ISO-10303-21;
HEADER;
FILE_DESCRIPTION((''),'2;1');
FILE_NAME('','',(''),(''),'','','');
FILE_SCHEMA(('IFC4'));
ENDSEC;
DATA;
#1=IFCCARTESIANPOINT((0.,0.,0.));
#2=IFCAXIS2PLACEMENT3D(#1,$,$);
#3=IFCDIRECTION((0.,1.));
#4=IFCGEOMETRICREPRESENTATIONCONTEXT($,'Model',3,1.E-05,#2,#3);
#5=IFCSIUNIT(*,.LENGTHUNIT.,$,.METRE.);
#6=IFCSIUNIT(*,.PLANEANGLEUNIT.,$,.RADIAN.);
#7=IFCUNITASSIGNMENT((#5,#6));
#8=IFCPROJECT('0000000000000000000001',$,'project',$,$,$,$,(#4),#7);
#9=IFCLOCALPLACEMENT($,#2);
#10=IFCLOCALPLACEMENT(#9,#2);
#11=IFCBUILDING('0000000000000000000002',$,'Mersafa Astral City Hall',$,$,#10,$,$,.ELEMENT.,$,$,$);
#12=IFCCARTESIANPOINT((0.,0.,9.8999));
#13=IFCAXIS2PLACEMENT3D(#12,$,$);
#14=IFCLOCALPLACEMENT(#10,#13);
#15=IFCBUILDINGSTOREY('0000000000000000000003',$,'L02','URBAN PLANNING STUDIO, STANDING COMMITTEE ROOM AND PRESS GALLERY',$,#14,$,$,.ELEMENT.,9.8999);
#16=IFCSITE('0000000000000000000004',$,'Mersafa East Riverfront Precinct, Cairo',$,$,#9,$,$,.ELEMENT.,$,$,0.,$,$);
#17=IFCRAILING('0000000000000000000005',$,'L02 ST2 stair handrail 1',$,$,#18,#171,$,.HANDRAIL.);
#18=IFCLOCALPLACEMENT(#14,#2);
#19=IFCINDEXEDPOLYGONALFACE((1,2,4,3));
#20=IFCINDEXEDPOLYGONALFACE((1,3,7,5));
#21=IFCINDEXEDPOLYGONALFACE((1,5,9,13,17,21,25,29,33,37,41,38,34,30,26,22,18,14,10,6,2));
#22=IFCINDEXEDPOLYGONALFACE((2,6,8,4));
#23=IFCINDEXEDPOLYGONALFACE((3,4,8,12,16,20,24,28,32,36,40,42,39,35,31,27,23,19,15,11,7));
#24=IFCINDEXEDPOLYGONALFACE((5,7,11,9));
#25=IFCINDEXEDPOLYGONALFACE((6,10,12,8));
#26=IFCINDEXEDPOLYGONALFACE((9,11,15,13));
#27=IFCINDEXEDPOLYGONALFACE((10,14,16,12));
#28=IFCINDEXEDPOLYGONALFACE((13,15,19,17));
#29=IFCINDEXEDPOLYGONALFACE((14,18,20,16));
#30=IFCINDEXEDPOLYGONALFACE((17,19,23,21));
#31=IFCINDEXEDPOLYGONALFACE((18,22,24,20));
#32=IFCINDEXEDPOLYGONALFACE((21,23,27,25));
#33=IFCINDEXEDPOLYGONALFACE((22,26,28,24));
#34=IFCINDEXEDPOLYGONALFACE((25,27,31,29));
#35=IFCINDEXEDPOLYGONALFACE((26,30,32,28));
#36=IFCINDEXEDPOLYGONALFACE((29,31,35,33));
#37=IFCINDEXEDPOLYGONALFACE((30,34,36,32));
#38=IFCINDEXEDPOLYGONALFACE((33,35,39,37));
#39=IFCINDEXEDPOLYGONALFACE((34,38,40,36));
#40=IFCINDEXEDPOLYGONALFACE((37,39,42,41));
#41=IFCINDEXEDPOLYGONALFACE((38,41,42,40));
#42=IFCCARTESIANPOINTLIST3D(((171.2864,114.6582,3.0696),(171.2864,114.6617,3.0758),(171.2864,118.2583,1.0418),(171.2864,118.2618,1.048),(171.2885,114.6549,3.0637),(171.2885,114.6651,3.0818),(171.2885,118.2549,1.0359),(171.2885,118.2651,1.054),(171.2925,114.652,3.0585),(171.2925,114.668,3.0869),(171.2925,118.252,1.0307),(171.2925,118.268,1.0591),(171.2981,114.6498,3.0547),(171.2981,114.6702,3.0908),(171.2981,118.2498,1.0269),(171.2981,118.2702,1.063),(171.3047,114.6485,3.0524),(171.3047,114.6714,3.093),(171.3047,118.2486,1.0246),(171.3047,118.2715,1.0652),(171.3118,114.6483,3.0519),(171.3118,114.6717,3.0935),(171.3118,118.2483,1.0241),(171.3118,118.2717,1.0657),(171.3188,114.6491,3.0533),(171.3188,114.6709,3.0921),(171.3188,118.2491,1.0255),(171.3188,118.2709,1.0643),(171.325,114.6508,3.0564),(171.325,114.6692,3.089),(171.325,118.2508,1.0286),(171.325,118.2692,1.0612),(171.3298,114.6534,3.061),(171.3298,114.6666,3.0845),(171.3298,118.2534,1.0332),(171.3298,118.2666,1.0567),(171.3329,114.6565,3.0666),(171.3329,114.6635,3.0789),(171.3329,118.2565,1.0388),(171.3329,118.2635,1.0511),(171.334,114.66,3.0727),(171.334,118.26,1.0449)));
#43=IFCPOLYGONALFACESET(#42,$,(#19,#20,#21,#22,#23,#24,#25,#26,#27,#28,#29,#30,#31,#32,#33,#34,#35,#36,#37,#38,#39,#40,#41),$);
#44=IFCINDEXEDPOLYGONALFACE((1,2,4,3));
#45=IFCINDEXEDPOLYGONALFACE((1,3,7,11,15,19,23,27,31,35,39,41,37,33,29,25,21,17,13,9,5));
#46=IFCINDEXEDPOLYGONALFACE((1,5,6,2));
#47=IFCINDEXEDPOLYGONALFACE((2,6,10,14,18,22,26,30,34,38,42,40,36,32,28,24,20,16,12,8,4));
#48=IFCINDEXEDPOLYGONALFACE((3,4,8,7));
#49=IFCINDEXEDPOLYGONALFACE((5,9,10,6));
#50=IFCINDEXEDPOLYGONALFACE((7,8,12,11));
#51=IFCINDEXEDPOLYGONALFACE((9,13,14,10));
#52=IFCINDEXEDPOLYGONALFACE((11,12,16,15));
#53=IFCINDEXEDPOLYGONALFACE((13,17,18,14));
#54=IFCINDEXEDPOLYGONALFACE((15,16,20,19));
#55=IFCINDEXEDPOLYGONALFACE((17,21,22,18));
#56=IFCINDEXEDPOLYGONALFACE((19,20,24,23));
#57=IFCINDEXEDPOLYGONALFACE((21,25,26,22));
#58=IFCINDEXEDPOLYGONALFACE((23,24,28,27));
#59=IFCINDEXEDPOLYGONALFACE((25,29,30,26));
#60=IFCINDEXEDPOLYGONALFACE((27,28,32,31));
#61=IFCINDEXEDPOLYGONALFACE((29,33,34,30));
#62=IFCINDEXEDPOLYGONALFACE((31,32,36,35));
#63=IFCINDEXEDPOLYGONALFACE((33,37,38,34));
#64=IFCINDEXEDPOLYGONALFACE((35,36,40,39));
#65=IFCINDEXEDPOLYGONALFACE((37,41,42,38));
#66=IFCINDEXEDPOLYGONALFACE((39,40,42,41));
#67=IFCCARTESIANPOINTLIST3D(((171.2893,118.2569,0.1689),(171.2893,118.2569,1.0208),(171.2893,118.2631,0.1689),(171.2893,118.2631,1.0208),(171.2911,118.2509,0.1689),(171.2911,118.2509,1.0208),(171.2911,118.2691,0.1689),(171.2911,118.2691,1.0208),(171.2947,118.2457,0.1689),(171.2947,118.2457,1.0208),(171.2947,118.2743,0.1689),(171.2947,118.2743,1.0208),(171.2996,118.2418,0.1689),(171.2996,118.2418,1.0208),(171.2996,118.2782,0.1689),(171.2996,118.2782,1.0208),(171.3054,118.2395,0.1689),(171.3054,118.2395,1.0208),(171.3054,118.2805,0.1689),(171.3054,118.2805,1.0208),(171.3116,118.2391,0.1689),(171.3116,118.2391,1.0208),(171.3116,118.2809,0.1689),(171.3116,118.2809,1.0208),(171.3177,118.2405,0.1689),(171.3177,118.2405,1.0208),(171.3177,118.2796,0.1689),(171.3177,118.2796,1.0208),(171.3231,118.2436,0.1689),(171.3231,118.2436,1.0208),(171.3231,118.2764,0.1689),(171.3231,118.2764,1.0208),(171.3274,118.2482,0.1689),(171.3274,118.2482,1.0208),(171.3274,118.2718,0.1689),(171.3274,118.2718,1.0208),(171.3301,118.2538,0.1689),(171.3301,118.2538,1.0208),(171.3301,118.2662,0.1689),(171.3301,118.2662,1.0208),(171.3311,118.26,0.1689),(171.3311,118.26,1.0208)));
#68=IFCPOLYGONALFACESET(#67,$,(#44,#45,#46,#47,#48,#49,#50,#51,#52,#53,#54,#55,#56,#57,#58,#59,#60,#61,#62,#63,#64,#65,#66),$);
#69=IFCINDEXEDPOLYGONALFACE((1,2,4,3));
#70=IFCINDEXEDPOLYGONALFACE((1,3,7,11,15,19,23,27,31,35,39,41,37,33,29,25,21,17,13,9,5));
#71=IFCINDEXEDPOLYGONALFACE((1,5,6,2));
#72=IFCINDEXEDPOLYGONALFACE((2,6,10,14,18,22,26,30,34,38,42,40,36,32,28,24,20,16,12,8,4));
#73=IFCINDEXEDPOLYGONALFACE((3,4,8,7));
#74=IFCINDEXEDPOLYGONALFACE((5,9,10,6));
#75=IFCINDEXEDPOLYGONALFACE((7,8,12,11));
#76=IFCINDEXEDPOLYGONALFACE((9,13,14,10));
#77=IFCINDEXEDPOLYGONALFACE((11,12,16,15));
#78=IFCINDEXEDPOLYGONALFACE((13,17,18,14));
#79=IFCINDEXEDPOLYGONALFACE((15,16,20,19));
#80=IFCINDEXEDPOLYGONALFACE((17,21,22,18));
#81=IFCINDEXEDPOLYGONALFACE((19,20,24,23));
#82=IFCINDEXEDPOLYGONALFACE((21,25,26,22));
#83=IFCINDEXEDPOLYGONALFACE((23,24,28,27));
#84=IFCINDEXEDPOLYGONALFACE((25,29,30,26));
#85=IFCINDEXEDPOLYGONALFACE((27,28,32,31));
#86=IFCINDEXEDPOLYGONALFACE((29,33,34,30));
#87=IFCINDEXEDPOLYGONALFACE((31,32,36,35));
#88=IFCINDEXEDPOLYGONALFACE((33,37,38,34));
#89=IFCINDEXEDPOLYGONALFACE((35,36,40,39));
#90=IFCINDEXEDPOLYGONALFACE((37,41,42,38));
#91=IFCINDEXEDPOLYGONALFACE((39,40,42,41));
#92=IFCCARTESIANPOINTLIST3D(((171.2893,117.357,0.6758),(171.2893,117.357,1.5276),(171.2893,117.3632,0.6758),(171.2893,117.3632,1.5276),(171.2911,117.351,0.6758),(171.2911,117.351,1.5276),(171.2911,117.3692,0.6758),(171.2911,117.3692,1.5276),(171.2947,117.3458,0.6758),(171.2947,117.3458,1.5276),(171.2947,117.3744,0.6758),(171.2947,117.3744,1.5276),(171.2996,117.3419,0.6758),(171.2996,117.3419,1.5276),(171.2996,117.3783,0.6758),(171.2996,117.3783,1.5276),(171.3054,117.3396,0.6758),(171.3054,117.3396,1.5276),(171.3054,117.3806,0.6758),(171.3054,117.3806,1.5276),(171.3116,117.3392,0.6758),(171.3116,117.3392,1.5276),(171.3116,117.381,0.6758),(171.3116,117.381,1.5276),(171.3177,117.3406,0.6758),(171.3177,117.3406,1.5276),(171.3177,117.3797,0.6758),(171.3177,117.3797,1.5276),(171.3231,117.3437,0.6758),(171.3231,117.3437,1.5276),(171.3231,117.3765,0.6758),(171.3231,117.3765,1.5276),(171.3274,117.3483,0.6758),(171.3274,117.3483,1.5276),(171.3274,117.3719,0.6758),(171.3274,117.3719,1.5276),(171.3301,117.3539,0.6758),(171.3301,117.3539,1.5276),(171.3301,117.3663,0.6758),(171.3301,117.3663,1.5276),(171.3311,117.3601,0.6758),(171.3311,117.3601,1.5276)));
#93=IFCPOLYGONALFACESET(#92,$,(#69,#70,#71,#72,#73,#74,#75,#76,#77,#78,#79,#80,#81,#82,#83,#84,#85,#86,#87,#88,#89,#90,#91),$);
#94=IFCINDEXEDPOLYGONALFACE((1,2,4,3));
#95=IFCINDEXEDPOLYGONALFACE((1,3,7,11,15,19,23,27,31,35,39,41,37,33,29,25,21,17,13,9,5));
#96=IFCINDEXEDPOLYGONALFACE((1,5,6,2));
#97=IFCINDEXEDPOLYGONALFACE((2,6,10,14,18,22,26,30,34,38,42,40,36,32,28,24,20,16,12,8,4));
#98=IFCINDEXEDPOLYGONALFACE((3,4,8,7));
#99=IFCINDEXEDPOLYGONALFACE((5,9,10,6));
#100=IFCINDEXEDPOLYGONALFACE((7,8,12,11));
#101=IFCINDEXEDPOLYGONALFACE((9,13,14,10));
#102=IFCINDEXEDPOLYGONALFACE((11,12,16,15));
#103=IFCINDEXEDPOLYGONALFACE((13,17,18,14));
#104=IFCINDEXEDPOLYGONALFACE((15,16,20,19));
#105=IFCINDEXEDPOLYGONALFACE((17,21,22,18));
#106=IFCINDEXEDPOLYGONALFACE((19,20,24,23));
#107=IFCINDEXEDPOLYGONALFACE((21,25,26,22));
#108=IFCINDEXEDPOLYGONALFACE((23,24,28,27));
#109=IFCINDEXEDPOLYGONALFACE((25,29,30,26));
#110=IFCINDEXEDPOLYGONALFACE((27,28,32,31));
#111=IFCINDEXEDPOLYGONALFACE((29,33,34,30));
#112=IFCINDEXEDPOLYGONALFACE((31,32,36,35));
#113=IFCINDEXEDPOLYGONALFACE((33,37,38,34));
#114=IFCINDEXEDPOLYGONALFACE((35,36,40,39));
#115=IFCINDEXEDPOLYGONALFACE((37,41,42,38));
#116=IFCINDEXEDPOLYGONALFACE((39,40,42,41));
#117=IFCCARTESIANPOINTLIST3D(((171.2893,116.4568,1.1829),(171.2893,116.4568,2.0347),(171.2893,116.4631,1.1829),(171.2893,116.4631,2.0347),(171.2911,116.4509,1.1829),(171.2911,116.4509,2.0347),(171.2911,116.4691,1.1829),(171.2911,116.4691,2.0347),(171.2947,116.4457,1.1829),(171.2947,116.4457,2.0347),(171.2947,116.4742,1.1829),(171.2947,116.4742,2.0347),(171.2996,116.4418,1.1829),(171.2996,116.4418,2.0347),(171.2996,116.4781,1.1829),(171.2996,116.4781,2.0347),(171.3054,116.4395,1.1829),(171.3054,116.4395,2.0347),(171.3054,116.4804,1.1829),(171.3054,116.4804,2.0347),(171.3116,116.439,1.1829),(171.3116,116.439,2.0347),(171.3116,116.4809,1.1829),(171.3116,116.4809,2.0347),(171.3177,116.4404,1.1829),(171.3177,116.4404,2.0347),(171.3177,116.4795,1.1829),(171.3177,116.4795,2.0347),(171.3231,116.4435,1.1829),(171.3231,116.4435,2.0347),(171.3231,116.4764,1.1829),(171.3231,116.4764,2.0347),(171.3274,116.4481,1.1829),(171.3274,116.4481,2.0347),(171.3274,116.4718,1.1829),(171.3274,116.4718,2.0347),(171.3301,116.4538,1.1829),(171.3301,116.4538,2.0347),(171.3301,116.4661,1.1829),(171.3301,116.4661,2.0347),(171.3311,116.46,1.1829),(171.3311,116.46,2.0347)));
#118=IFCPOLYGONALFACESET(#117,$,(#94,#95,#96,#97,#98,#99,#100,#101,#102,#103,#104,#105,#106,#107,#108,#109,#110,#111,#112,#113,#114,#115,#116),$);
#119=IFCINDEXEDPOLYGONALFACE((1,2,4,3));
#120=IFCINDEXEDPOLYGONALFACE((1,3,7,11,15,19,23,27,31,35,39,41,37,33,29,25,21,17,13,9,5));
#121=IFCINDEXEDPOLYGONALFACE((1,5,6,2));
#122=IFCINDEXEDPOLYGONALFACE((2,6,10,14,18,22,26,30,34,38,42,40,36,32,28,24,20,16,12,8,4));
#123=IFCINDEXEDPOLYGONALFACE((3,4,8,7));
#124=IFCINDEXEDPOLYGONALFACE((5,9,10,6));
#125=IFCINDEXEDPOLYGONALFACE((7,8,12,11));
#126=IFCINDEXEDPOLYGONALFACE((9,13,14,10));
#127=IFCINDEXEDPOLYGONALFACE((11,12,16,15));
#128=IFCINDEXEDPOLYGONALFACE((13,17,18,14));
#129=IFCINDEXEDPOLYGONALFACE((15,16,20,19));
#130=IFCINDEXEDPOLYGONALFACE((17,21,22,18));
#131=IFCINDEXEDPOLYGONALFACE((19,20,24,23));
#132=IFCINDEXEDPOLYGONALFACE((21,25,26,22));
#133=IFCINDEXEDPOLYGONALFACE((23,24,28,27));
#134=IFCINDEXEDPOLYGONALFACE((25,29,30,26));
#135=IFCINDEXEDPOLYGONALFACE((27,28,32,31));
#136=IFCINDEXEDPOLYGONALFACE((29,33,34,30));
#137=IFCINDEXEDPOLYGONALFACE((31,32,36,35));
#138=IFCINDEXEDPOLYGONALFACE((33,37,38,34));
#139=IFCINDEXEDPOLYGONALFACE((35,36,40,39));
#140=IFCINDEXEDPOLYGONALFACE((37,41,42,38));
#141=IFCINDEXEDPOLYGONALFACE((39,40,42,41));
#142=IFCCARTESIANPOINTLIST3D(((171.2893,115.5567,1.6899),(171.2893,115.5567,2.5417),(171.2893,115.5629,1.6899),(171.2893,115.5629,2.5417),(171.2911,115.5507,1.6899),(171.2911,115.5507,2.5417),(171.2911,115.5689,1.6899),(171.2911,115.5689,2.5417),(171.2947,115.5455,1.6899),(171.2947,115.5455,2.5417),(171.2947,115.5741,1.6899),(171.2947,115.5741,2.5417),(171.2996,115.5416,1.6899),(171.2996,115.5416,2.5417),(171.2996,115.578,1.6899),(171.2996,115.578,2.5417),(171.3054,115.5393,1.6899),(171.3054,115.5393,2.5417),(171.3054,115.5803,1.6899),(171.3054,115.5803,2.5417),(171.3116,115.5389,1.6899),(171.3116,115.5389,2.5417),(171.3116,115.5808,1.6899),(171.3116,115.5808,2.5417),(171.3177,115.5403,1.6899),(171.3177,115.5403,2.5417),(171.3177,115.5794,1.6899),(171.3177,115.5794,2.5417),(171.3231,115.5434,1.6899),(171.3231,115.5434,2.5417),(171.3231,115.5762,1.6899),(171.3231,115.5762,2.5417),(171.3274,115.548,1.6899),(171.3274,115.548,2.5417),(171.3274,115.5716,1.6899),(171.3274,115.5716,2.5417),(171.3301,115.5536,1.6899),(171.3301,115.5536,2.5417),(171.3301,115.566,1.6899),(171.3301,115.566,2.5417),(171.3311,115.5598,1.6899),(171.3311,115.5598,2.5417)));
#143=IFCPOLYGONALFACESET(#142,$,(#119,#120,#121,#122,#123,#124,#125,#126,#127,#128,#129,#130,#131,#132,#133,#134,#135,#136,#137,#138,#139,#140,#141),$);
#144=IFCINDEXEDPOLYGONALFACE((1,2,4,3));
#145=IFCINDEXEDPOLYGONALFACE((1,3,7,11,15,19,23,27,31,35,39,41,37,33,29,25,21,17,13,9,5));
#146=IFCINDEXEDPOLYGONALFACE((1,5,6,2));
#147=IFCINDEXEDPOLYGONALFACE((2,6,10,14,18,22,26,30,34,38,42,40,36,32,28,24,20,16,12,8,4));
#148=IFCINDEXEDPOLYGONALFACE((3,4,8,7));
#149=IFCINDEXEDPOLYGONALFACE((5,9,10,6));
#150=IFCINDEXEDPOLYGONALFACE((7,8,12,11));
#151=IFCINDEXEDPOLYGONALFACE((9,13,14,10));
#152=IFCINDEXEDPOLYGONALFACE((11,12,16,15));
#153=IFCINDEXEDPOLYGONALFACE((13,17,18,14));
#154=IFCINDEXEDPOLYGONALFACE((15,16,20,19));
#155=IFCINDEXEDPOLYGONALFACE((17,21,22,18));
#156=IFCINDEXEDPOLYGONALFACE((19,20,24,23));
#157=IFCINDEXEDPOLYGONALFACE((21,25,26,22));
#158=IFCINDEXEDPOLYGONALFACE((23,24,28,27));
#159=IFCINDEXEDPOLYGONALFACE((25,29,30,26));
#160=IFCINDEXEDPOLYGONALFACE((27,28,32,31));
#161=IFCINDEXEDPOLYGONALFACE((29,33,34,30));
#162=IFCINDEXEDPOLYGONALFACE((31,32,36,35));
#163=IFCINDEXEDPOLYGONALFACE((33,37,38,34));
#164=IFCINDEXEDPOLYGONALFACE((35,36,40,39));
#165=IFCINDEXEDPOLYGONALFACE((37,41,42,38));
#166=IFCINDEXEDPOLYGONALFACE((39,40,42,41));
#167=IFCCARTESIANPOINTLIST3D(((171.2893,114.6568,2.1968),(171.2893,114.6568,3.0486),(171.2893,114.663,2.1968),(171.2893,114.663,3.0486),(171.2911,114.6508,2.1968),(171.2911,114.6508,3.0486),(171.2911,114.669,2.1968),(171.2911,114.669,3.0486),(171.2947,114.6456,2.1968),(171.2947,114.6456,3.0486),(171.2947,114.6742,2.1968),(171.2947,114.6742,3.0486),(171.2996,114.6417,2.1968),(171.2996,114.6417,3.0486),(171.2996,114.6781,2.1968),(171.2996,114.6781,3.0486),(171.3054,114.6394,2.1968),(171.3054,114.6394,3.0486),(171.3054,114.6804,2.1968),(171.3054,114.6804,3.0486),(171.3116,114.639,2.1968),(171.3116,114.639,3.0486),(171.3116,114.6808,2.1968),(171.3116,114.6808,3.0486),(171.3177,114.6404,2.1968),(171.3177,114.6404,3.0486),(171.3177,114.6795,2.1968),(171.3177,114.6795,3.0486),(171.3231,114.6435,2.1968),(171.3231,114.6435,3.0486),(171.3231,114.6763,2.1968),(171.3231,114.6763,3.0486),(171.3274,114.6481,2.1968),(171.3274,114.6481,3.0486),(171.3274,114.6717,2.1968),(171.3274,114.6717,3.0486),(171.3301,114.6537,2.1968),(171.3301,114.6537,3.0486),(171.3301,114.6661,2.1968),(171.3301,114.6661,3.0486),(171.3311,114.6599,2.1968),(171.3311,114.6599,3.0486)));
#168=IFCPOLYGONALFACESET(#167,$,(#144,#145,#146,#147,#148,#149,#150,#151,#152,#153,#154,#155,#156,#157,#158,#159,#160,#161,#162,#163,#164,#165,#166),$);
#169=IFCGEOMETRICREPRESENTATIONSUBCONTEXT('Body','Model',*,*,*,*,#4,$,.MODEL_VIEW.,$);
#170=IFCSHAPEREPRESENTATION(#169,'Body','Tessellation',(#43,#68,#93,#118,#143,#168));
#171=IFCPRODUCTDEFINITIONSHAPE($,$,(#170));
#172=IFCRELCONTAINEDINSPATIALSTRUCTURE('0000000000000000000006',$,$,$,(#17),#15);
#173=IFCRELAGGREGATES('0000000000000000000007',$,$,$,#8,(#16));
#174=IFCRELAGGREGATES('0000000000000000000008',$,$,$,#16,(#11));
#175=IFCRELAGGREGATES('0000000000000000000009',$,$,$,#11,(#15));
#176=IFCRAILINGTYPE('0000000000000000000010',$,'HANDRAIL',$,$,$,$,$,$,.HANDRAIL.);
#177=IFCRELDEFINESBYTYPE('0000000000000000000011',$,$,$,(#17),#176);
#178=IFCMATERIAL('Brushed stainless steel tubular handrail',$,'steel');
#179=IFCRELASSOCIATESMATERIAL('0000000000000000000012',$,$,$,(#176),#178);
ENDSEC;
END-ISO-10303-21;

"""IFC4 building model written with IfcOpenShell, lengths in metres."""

from ifc_helpers import new_model, si_unit, direction, frame, origin, origin_2d, place, context, subcontext, project, spatial, circle, extrude, material, type_object, element, save


model = new_model("IFC4")

# Units and contexts
model_context = context("Model", 3, precision=1e-05, world=origin(), true_north=direction((0.0, 1.0)))
body_context = subcontext(model_context, "Body", "Model", "MODEL_VIEW")
ifc_project = project(units=[si_unit("LENGTHUNIT", "METRE"), si_unit("PLANEANGLEUNIT", "RADIAN")], contexts=[model_context])

# Site, building, storey
site_placement = place(None, origin())
site = spatial("IfcSite", under=ifc_project, at=site_placement, Name="Mersafa East Riverfront Precinct, Cairo", CompositionType="ELEMENT", RefElevation=0.0)
building_placement = place(site_placement, origin())
building = spatial("IfcBuilding", under=site, at=building_placement, Name="Mersafa Astral City Hall", CompositionType="ELEMENT")
storey_placement = place(building_placement, frame((0.0, 0.0, 9.8999)))
storey = spatial("IfcBuildingStorey", under=building, at=storey_placement, Name="L02", Description="URBAN PLANNING STUDIO, STANDING COMMITTEE ROOM AND PRESS GALLERY", CompositionType="ELEMENT", Elevation=9.8999)

# Railing
ifc_material_1 = material(Name="Brushed stainless steel tubular handrail", Category="steel")
railing_type_1 = type_object("IfcRailingType", Name="HANDRAIL", PredefinedType="HANDRAIL", material=ifc_material_1)
railing_1_placement = place(storey_placement, frame((171.3101, 118.26, 0.1689)))
element("IfcRailing", 1, at=railing_1_placement, inside=storey, type_object=railing_type_1, Name="L02 ST2 stair handrail 1", PredefinedType="HANDRAIL", context=body_context, shape_type="SweptSolid", body=[
    extrude(circle(Radius=0.0239, at=origin_2d()), frame((0.0, 0.0, 0.876), z_axis=(0.0, -0.871288, 0.490772), x_axis=(1.0, 0.0, 0.0)), (0.0, 0.0, 1.0), 4.1318),
    extrude(circle(Radius=0.021, at=origin_2d()), origin(), (0.0, 0.0, 1.0), 0.8518),
    extrude(circle(Radius=0.021, at=origin_2d()), frame((0.0, -0.8999, 0.5068)), (0.0, 0.0, 1.0), 0.8518),
    extrude(circle(Radius=0.021, at=origin_2d()), frame((0.0, -1.8, 1.0139)), (0.0, 0.0, 1.0), 0.8518),
    extrude(circle(Radius=0.021, at=origin_2d()), frame((0.0, -2.7002, 1.521)), (0.0, 0.0, 1.0), 0.8518),
    extrude(circle(Radius=0.021, at=origin_2d()), frame((0.0, -3.6001, 2.0278)), (0.0, 0.0, 1.0), 0.8518),
])

save(model, "model.ifc")
